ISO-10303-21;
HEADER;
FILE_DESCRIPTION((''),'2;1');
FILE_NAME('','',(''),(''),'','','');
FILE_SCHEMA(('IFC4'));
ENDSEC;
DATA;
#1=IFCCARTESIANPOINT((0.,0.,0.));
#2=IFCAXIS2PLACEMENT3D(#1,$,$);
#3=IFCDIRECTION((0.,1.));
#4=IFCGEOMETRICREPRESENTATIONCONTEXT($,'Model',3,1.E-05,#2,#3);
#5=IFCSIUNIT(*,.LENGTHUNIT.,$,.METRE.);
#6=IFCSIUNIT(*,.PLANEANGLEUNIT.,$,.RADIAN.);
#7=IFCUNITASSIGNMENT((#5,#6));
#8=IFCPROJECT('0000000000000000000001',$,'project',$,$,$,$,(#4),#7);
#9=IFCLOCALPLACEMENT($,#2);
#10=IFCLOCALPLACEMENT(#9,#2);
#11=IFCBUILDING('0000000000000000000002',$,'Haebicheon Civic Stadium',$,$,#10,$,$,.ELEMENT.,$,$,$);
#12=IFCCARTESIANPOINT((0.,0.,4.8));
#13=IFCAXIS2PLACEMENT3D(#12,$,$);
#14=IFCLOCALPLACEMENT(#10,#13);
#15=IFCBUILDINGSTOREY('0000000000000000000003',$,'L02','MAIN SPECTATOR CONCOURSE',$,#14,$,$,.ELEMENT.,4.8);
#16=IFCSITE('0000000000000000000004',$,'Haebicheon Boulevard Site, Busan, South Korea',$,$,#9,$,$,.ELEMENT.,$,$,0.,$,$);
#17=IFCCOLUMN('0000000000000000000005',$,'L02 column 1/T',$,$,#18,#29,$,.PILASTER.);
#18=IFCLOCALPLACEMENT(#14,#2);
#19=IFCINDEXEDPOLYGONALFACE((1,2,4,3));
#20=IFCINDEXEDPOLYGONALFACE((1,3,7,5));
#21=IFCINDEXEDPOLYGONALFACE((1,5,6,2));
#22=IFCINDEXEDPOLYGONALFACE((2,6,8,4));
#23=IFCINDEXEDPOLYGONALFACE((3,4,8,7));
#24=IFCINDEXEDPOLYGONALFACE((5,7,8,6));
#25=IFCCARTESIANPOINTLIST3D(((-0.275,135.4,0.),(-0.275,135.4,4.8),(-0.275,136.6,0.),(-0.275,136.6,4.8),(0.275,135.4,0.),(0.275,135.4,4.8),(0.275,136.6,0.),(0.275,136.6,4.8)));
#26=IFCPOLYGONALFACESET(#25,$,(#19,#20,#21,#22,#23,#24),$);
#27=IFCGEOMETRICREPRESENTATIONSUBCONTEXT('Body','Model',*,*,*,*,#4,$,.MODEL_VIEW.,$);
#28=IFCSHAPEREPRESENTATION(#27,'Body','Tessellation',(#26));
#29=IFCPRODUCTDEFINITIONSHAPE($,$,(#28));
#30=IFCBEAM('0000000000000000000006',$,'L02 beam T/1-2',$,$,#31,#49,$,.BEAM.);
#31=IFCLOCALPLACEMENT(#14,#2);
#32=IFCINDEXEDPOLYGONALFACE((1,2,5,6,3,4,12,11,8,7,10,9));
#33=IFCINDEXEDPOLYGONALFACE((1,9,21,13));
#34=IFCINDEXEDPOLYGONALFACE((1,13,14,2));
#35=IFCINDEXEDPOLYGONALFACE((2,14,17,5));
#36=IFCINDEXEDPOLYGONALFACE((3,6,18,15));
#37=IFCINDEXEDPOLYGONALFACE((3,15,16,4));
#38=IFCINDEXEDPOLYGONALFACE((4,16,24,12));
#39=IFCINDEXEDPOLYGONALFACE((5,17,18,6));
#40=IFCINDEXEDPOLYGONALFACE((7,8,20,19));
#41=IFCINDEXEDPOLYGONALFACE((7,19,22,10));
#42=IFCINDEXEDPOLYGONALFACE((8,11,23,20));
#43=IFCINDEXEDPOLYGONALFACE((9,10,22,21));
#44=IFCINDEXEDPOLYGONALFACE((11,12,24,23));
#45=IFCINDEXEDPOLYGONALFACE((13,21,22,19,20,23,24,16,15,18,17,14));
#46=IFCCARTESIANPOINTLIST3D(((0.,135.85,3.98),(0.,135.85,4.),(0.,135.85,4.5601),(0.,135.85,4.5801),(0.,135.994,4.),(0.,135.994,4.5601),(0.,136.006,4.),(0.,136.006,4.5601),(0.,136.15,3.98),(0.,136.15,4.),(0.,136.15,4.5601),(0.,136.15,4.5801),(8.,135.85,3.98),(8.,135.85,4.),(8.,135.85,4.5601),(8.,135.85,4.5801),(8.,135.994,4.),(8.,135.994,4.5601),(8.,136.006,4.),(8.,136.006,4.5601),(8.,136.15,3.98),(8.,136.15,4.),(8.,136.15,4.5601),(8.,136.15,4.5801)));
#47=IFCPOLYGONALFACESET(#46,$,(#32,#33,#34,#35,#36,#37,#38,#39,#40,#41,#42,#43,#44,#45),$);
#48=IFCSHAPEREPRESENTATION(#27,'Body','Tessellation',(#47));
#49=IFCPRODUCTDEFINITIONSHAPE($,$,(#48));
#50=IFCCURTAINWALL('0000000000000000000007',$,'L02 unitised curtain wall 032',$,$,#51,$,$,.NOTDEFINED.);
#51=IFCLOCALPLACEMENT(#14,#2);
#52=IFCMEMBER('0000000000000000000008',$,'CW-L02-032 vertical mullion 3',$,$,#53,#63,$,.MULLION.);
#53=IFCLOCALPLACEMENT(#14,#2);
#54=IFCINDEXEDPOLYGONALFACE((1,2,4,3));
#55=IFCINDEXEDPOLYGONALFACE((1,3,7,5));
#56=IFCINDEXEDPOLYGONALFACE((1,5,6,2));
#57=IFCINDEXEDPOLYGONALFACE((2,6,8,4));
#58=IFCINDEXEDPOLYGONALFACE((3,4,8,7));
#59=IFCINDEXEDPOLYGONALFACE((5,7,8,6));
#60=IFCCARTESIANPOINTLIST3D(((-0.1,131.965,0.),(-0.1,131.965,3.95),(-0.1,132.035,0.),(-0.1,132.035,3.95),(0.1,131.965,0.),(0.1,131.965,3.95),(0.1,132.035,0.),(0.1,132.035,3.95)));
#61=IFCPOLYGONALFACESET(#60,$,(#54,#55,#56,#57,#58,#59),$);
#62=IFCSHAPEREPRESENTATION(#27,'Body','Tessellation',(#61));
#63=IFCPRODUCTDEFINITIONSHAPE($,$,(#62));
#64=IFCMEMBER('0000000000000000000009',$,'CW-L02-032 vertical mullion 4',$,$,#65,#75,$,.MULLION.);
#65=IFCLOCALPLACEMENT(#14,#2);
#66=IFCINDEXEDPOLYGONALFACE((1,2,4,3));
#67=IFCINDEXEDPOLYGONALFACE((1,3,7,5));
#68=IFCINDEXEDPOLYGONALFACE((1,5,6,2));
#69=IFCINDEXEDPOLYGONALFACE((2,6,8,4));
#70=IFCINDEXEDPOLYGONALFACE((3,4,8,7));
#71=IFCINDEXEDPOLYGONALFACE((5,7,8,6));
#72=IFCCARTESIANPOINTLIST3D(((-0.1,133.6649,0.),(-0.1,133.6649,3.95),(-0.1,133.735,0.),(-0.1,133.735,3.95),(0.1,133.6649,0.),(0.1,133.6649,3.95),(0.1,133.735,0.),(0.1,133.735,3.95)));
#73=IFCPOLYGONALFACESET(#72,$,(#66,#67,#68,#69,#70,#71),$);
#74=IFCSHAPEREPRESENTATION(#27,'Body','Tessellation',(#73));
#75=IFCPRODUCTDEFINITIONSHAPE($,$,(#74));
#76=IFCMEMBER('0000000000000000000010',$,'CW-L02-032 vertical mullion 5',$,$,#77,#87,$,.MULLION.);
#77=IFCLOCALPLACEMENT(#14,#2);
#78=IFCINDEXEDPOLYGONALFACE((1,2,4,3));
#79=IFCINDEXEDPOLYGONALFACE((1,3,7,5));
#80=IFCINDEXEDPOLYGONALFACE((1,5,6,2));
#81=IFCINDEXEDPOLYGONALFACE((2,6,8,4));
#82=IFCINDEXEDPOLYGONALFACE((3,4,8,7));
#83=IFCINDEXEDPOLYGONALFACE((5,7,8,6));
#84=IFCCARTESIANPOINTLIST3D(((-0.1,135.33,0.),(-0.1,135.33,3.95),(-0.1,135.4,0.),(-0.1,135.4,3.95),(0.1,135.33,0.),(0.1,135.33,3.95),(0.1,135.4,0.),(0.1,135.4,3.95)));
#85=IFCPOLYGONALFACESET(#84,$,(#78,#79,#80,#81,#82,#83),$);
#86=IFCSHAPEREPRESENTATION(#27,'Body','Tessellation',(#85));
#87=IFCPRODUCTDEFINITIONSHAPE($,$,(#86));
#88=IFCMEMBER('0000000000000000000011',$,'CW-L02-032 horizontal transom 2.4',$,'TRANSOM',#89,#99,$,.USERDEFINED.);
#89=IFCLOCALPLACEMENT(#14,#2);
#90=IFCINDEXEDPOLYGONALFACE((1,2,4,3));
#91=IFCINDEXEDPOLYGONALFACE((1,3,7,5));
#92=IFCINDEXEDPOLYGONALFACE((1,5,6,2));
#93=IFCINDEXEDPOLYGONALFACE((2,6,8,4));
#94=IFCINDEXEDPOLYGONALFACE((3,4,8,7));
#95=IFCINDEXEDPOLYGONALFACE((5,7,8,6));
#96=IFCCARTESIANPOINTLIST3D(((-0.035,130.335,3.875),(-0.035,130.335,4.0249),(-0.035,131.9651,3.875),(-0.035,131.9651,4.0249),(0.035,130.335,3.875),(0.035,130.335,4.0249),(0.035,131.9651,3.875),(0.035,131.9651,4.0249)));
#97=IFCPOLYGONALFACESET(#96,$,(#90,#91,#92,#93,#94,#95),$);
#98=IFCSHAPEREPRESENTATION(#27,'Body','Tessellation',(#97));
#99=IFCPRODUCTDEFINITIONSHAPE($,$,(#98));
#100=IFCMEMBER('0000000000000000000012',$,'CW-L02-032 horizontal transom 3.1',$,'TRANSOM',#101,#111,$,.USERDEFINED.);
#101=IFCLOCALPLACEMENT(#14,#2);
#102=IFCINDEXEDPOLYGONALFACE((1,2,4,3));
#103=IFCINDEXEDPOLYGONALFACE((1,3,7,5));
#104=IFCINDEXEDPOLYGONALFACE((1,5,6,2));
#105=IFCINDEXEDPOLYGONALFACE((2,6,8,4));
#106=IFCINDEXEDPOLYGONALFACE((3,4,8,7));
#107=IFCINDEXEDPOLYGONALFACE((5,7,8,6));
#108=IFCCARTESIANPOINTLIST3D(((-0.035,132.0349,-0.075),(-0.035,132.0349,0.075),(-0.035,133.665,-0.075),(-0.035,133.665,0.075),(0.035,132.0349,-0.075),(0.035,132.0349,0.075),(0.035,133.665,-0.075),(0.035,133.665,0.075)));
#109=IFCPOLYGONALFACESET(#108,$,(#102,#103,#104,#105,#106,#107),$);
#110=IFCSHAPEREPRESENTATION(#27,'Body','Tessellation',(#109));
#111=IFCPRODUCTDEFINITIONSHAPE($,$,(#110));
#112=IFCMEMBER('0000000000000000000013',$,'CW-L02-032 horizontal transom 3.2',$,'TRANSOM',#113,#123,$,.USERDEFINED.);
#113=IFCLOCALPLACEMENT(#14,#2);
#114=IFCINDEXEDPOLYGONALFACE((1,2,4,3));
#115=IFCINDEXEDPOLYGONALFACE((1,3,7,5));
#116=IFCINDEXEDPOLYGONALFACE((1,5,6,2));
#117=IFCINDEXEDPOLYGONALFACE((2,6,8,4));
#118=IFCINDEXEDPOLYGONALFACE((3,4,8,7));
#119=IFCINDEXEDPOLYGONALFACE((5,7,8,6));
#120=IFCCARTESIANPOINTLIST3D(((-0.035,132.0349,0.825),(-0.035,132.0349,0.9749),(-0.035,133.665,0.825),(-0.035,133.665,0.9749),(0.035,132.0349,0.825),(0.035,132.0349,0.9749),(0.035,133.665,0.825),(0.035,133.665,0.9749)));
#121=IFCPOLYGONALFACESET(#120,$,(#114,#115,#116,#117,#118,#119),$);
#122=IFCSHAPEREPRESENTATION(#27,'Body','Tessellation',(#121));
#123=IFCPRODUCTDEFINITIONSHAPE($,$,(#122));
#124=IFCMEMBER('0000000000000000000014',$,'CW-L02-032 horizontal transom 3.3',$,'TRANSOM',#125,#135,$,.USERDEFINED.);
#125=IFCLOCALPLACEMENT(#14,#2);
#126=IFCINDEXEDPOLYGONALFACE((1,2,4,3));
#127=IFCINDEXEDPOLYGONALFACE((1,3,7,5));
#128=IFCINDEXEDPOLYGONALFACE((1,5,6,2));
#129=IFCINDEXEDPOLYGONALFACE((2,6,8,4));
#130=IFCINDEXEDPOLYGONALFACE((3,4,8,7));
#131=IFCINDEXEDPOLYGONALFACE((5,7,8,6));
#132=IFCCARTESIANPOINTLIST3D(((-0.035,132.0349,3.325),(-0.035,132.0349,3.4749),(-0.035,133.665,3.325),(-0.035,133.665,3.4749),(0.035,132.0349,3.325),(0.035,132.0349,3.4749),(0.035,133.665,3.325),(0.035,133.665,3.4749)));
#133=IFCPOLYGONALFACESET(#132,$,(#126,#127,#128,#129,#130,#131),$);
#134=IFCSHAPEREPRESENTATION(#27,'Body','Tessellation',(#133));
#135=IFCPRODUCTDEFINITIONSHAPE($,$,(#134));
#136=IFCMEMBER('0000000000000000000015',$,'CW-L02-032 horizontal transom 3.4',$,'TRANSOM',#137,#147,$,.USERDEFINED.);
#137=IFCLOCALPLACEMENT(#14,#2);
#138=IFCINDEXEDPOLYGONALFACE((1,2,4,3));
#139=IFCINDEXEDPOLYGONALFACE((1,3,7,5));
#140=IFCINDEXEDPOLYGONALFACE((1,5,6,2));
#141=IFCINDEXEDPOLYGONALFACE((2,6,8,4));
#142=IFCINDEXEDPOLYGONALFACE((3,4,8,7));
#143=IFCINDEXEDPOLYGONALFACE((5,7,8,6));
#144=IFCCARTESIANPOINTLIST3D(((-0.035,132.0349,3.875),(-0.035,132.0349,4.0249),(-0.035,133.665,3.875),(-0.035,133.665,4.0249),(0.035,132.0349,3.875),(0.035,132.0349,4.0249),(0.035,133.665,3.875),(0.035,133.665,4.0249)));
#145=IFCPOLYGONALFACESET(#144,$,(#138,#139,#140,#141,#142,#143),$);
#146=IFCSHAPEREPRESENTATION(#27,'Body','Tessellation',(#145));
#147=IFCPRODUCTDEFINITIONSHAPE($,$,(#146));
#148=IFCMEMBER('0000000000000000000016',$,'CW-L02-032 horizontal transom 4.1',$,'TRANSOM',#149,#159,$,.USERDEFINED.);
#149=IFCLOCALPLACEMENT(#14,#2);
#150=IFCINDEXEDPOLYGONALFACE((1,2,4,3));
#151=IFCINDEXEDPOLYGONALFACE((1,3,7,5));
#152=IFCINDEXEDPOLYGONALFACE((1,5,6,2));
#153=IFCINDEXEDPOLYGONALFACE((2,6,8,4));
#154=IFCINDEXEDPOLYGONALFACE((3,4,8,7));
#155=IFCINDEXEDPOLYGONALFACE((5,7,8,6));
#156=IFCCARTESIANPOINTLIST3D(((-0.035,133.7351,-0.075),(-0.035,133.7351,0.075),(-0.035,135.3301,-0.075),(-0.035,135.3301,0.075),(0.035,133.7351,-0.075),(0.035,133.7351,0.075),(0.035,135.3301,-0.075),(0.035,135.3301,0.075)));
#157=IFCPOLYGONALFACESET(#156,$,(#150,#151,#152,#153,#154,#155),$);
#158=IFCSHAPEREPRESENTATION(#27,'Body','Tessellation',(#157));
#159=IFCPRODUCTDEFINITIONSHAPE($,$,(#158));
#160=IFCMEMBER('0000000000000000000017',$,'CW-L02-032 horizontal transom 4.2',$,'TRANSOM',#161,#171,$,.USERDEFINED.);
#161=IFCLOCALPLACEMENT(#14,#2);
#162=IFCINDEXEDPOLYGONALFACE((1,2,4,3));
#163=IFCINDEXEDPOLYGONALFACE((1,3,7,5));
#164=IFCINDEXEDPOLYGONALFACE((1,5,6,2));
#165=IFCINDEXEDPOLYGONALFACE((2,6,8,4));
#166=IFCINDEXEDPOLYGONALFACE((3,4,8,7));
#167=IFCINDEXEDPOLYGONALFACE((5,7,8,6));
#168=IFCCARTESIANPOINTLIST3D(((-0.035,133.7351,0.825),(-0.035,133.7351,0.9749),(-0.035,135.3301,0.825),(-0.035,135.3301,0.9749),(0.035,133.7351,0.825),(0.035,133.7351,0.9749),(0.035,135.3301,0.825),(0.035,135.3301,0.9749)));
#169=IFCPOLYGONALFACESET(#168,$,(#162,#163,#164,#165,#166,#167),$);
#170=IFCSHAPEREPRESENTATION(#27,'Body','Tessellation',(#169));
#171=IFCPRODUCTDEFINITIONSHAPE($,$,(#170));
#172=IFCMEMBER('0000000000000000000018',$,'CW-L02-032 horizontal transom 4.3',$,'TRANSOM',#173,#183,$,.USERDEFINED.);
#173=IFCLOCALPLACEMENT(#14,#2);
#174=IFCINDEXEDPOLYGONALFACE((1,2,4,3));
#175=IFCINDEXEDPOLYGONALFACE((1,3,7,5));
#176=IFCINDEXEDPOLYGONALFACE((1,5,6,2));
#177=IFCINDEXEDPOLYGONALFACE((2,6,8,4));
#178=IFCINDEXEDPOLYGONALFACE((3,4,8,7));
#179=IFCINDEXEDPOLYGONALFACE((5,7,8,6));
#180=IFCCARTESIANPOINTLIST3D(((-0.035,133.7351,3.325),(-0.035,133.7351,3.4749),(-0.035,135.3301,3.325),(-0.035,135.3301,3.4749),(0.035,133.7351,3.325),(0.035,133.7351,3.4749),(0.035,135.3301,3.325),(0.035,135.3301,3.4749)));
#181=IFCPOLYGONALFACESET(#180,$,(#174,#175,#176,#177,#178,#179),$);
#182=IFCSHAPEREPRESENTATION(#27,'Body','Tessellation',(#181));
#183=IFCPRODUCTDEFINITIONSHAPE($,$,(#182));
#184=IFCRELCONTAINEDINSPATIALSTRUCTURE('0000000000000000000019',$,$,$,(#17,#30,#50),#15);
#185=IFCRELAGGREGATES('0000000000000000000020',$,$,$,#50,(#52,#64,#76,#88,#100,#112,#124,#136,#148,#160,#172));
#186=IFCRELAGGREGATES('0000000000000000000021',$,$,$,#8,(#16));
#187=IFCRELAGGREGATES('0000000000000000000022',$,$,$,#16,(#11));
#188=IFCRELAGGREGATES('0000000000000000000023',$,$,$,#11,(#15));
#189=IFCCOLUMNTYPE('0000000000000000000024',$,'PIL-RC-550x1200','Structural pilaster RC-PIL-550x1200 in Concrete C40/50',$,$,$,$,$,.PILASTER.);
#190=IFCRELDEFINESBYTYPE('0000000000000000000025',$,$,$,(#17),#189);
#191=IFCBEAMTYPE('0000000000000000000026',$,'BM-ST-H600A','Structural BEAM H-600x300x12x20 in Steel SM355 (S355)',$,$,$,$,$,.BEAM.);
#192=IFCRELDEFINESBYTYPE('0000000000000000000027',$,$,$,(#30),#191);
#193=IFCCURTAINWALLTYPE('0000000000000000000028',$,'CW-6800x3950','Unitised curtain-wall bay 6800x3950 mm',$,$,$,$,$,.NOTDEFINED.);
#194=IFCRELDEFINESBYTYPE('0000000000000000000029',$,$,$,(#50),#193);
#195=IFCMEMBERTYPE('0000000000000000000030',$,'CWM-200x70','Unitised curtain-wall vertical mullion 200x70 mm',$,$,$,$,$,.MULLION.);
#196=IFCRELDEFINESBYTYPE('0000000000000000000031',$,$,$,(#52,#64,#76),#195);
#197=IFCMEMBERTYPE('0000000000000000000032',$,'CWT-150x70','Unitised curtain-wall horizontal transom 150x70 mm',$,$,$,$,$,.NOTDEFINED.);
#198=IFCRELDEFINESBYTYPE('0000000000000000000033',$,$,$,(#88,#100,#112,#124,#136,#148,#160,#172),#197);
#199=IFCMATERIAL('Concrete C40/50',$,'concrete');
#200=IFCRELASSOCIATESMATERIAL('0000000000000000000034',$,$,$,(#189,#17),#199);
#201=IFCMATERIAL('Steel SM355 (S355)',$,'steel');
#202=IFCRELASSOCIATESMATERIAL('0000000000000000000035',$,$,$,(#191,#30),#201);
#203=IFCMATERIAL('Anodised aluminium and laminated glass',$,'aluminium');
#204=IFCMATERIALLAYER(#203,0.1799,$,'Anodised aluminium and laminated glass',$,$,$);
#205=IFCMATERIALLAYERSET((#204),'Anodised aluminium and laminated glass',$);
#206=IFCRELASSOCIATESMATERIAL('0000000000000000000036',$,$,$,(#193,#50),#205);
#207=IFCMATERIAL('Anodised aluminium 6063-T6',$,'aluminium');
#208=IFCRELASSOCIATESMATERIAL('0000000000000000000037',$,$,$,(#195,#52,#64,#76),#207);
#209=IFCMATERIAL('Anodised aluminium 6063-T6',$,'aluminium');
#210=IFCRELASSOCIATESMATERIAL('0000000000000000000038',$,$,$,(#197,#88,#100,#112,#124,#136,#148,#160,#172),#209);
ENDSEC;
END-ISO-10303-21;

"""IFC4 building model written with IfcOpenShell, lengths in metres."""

from ifc_helpers import new_model, si_unit, direction, frame, origin, origin_2d, place, context, subcontext, project, spatial, rectangle, i_section, extrude, material, layer, layer_set, material_profile, profile_set, type_object, element, aggregate, save


model = new_model("IFC4")

# Units and contexts
model_context = context("Model", 3, precision=1e-05, world=origin(), true_north=direction((0.0, 1.0)))
body_context = subcontext(model_context, "Body", "Model", "MODEL_VIEW")
ifc_project = project(units=[si_unit("LENGTHUNIT", "METRE"), si_unit("PLANEANGLEUNIT", "RADIAN")], contexts=[model_context])

# Site, building, storey
site_placement = place(None, origin())
site = spatial("IfcSite", under=ifc_project, at=site_placement, Name="Haebicheon Boulevard Site, Busan, South Korea", CompositionType="ELEMENT", RefElevation=0.0)
building_placement = place(site_placement, origin())
building = spatial("IfcBuilding", under=site, at=building_placement, Name="Haebicheon Civic Stadium", CompositionType="ELEMENT")
storey_placement = place(building_placement, frame((0.0, 0.0, 4.8)))
storey = spatial("IfcBuildingStorey", under=building, at=storey_placement, Name="L02", Description="MAIN SPECTATOR CONCOURSE", CompositionType="ELEMENT", Elevation=4.8)

# Column
ifc_material_1 = material(Name="Concrete C40/50", Category="concrete")
ifc_material_profile_1 = material_profile(ifc_material_1, rectangle(XDim=0.55, YDim=1.2, at=origin_2d()), Name="RC-PIL-550x1200")
ifc_profile_set_1 = profile_set([ifc_material_profile_1], Name="Concrete C40/50")
column_type = type_object("IfcColumnType", Name="PIL-RC-550x1200", Description="Structural pilaster RC-PIL-550x1200 in Concrete C40/50", PredefinedType="PILASTER", material=ifc_profile_set_1)
column_placement = place(storey_placement, frame((0.0, 136.0, 0.0), z_axis=(0.0, 0.0, 1.0), x_axis=(1.0, 0.0, 0.0)))
element("IfcColumn", 1, at=column_placement, inside=storey, type_object=column_type, material=ifc_profile_set_1, Name="L02 column 1/T", PredefinedType="PILASTER", context=body_context, shape_type="SweptSolid", body=[
    extrude(rectangle(XDim=0.55, YDim=1.2, at=origin_2d()), origin(), (0.0, 0.0, 1.0), 4.8),
])

# Beam
ifc_material_2 = material(Name="Steel SM355 (S355)", Category="steel")
ifc_material_profile_2 = material_profile(ifc_material_2, i_section(OverallWidth=0.3, OverallDepth=0.6001, WebThickness=0.012, FlangeThickness=0.02, at=origin_2d()), Name="H-600x300x12x20")
ifc_profile_set_2 = profile_set([ifc_material_profile_2], Name="Steel SM355 (S355)")
beam_type_1 = type_object("IfcBeamType", Name="BM-ST-H600A", Description="Structural BEAM H-600x300x12x20 in Steel SM355 (S355)", PredefinedType="BEAM", material=ifc_profile_set_2)
beam_1_placement = place(storey_placement, frame((0.0, 136.0, 4.28), z_axis=(1.0, 0.0, 0.0), x_axis=(0.0, 1.0, 0.0)))
element("IfcBeam", 2, at=beam_1_placement, inside=storey, type_object=beam_type_1, material=ifc_profile_set_2, Name="L02 beam T/1-2", PredefinedType="BEAM", context=body_context, shape_type="SweptSolid", body=[
    extrude(i_section(OverallWidth=0.3, OverallDepth=0.6001, WebThickness=0.012, FlangeThickness=0.02, at=origin_2d()), origin(), (0.0, 0.0, 1.0), 8.0),
])

# Curtain wall, members
ifc_material_3 = material(Name="Anodised aluminium and laminated glass", Category="aluminium")
ifc_layer_1 = layer(ifc_material_3, 0.1799, Name="Anodised aluminium and laminated glass")
ifc_layer_set_1 = layer_set([ifc_layer_1], Name="Anodised aluminium and laminated glass")
curtain_wall_type = type_object("IfcCurtainWallType", Name="CW-6800x3950", Description="Unitised curtain-wall bay 6800x3950 mm", PredefinedType="NOTDEFINED", material=ifc_layer_set_1)
curtain_wall_placement = place(storey_placement, origin())
curtain_wall = element("IfcCurtainWall", 3, at=curtain_wall_placement, inside=storey, type_object=curtain_wall_type, material=ifc_layer_set_1, Name="L02 unitised curtain wall 032", PredefinedType="NOTDEFINED")
ifc_material_4 = material(Name="Anodised aluminium 6063-T6", Category="aluminium")
ifc_material_profile_3 = material_profile(ifc_material_4, rectangle(XDim=0.0701, YDim=0.2, at=origin_2d()), Name="ALU-MULL-70x200")
ifc_profile_set_3 = profile_set([ifc_material_profile_3], Name="Anodised aluminium 6063-T6")
member_type_1 = type_object("IfcMemberType", Name="CWM-200x70", Description="Unitised curtain-wall vertical mullion 200x70 mm", PredefinedType="MULLION", material=ifc_profile_set_3)
member_1_placement = place(storey_placement, frame((0.0, 132.0, 0.0), z_axis=(0.0, 0.0, 1.0), x_axis=(0.0, 1.0, 0.0)))
member_1 = element("IfcMember", 4, at=member_1_placement, type_object=member_type_1, material=ifc_profile_set_3, Name="CW-L02-032 vertical mullion 3", PredefinedType="MULLION", context=body_context, shape_type="SweptSolid", body=[
    extrude(rectangle(XDim=0.0701, YDim=0.2, at=origin_2d()), origin(), (0.0, 0.0, 1.0), 3.95),
])
member_2_placement = place(storey_placement, frame((0.0, 133.7, 0.0), z_axis=(0.0, 0.0, 1.0), x_axis=(0.0, 1.0, 0.0)))
member_2 = element("IfcMember", 5, at=member_2_placement, type_object=member_type_1, material=ifc_profile_set_3, Name="CW-L02-032 vertical mullion 4", PredefinedType="MULLION", context=body_context, shape_type="SweptSolid", body=[
    extrude(rectangle(XDim=0.0701, YDim=0.2, at=origin_2d()), origin(), (0.0, 0.0, 1.0), 3.95),
])
member_3_placement = place(storey_placement, frame((0.0, 135.365, 0.0), z_axis=(0.0, 0.0, 1.0), x_axis=(0.0, 1.0, 0.0)))
member_3 = element("IfcMember", 6, at=member_3_placement, type_object=member_type_1, material=ifc_profile_set_3, Name="CW-L02-032 vertical mullion 5", PredefinedType="MULLION", context=body_context, shape_type="SweptSolid", body=[
    extrude(rectangle(XDim=0.0701, YDim=0.2, at=origin_2d()), origin(), (0.0, 0.0, 1.0), 3.95),
])
ifc_material_5 = material(Name="Anodised aluminium 6063-T6", Category="aluminium")
ifc_material_profile_4 = material_profile(ifc_material_5, rectangle(XDim=0.0701, YDim=0.1499, at=origin_2d()), Name="ALU-TRAN-70x150")
ifc_profile_set_4 = profile_set([ifc_material_profile_4], Name="Anodised aluminium 6063-T6")
member_type_2 = type_object("IfcMemberType", Name="CWT-150x70", Description="Unitised curtain-wall horizontal transom 150x70 mm", PredefinedType="NOTDEFINED", material=ifc_profile_set_4)
member_4_placement = place(storey_placement, frame((0.0, 130.335, 3.95), z_axis=(0.0, 1.0, 0.0), x_axis=(-1.0, 0.0, 0.0)))
member_4 = element("IfcMember", 7, at=member_4_placement, type_object=member_type_2, material=ifc_profile_set_4, Name="CW-L02-032 horizontal transom 2.4", ObjectType="TRANSOM", PredefinedType="USERDEFINED", context=body_context, shape_type="SweptSolid", body=[
    extrude(rectangle(XDim=0.0701, YDim=0.1499, at=origin_2d()), origin(), (0.0, 0.0, 1.0), 1.6301),
])
member_5_placement = place(storey_placement, frame((0.0, 132.0349, 0.0), z_axis=(0.0, 1.0, 0.0), x_axis=(-1.0, 0.0, 0.0)))
member_5 = element("IfcMember", 8, at=member_5_placement, type_object=member_type_2, material=ifc_profile_set_4, Name="CW-L02-032 horizontal transom 3.1", ObjectType="TRANSOM", PredefinedType="USERDEFINED", context=body_context, shape_type="SweptSolid", body=[
    extrude(rectangle(XDim=0.0701, YDim=0.1499, at=origin_2d()), origin(), (0.0, 0.0, 1.0), 1.6301),
])
member_6_placement = place(storey_placement, frame((0.0, 132.0349, 0.8999), z_axis=(0.0, 1.0, 0.0), x_axis=(-1.0, 0.0, 0.0)))
member_6 = element("IfcMember", 9, at=member_6_placement, type_object=member_type_2, material=ifc_profile_set_4, Name="CW-L02-032 horizontal transom 3.2", ObjectType="TRANSOM", PredefinedType="USERDEFINED", context=body_context, shape_type="SweptSolid", body=[
    extrude(rectangle(XDim=0.0701, YDim=0.1499, at=origin_2d()), origin(), (0.0, 0.0, 1.0), 1.6301),
])
member_7_placement = place(storey_placement, frame((0.0, 132.0349, 3.3999), z_axis=(0.0, 1.0, 0.0), x_axis=(-1.0, 0.0, 0.0)))
member_7 = element("IfcMember", 10, at=member_7_placement, type_object=member_type_2, material=ifc_profile_set_4, Name="CW-L02-032 horizontal transom 3.3", ObjectType="TRANSOM", PredefinedType="USERDEFINED", context=body_context, shape_type="SweptSolid", body=[
    extrude(rectangle(XDim=0.0701, YDim=0.1499, at=origin_2d()), origin(), (0.0, 0.0, 1.0), 1.6301),
])
member_8_placement = place(storey_placement, frame((0.0, 132.0349, 3.95), z_axis=(0.0, 1.0, 0.0), x_axis=(-1.0, 0.0, 0.0)))
member_8 = element("IfcMember", 11, at=member_8_placement, type_object=member_type_2, material=ifc_profile_set_4, Name="CW-L02-032 horizontal transom 3.4", ObjectType="TRANSOM", PredefinedType="USERDEFINED", context=body_context, shape_type="SweptSolid", body=[
    extrude(rectangle(XDim=0.0701, YDim=0.1499, at=origin_2d()), origin(), (0.0, 0.0, 1.0), 1.6301),
])
member_9_placement = place(storey_placement, frame((0.0, 133.7351, 0.0), z_axis=(0.0, 1.0, 0.0), x_axis=(-1.0, 0.0, 0.0)))
member_9 = element("IfcMember", 12, at=member_9_placement, type_object=member_type_2, material=ifc_profile_set_4, Name="CW-L02-032 horizontal transom 4.1", ObjectType="TRANSOM", PredefinedType="USERDEFINED", context=body_context, shape_type="SweptSolid", body=[
    extrude(rectangle(XDim=0.0701, YDim=0.1499, at=origin_2d()), origin(), (0.0, 0.0, 1.0), 1.595),
])
member_10_placement = place(storey_placement, frame((0.0, 133.7351, 0.8999), z_axis=(0.0, 1.0, 0.0), x_axis=(-1.0, 0.0, 0.0)))
member_10 = element("IfcMember", 13, at=member_10_placement, type_object=member_type_2, material=ifc_profile_set_4, Name="CW-L02-032 horizontal transom 4.2", ObjectType="TRANSOM", PredefinedType="USERDEFINED", context=body_context, shape_type="SweptSolid", body=[
    extrude(rectangle(XDim=0.0701, YDim=0.1499, at=origin_2d()), origin(), (0.0, 0.0, 1.0), 1.595),
])
member_11_placement = place(storey_placement, frame((0.0, 133.7351, 3.3999), z_axis=(0.0, 1.0, 0.0), x_axis=(-1.0, 0.0, 0.0)))
member_11 = element("IfcMember", 14, at=member_11_placement, type_object=member_type_2, material=ifc_profile_set_4, Name="CW-L02-032 horizontal transom 4.3", ObjectType="TRANSOM", PredefinedType="USERDEFINED", context=body_context, shape_type="SweptSolid", body=[
    extrude(rectangle(XDim=0.0701, YDim=0.1499, at=origin_2d()), origin(), (0.0, 0.0, 1.0), 1.595),
])

aggregate(curtain_wall, [member_1, member_2, member_3, member_4, member_5, member_6, member_7, member_8, member_9, member_10, member_11])

save(model, "model.ifc")
